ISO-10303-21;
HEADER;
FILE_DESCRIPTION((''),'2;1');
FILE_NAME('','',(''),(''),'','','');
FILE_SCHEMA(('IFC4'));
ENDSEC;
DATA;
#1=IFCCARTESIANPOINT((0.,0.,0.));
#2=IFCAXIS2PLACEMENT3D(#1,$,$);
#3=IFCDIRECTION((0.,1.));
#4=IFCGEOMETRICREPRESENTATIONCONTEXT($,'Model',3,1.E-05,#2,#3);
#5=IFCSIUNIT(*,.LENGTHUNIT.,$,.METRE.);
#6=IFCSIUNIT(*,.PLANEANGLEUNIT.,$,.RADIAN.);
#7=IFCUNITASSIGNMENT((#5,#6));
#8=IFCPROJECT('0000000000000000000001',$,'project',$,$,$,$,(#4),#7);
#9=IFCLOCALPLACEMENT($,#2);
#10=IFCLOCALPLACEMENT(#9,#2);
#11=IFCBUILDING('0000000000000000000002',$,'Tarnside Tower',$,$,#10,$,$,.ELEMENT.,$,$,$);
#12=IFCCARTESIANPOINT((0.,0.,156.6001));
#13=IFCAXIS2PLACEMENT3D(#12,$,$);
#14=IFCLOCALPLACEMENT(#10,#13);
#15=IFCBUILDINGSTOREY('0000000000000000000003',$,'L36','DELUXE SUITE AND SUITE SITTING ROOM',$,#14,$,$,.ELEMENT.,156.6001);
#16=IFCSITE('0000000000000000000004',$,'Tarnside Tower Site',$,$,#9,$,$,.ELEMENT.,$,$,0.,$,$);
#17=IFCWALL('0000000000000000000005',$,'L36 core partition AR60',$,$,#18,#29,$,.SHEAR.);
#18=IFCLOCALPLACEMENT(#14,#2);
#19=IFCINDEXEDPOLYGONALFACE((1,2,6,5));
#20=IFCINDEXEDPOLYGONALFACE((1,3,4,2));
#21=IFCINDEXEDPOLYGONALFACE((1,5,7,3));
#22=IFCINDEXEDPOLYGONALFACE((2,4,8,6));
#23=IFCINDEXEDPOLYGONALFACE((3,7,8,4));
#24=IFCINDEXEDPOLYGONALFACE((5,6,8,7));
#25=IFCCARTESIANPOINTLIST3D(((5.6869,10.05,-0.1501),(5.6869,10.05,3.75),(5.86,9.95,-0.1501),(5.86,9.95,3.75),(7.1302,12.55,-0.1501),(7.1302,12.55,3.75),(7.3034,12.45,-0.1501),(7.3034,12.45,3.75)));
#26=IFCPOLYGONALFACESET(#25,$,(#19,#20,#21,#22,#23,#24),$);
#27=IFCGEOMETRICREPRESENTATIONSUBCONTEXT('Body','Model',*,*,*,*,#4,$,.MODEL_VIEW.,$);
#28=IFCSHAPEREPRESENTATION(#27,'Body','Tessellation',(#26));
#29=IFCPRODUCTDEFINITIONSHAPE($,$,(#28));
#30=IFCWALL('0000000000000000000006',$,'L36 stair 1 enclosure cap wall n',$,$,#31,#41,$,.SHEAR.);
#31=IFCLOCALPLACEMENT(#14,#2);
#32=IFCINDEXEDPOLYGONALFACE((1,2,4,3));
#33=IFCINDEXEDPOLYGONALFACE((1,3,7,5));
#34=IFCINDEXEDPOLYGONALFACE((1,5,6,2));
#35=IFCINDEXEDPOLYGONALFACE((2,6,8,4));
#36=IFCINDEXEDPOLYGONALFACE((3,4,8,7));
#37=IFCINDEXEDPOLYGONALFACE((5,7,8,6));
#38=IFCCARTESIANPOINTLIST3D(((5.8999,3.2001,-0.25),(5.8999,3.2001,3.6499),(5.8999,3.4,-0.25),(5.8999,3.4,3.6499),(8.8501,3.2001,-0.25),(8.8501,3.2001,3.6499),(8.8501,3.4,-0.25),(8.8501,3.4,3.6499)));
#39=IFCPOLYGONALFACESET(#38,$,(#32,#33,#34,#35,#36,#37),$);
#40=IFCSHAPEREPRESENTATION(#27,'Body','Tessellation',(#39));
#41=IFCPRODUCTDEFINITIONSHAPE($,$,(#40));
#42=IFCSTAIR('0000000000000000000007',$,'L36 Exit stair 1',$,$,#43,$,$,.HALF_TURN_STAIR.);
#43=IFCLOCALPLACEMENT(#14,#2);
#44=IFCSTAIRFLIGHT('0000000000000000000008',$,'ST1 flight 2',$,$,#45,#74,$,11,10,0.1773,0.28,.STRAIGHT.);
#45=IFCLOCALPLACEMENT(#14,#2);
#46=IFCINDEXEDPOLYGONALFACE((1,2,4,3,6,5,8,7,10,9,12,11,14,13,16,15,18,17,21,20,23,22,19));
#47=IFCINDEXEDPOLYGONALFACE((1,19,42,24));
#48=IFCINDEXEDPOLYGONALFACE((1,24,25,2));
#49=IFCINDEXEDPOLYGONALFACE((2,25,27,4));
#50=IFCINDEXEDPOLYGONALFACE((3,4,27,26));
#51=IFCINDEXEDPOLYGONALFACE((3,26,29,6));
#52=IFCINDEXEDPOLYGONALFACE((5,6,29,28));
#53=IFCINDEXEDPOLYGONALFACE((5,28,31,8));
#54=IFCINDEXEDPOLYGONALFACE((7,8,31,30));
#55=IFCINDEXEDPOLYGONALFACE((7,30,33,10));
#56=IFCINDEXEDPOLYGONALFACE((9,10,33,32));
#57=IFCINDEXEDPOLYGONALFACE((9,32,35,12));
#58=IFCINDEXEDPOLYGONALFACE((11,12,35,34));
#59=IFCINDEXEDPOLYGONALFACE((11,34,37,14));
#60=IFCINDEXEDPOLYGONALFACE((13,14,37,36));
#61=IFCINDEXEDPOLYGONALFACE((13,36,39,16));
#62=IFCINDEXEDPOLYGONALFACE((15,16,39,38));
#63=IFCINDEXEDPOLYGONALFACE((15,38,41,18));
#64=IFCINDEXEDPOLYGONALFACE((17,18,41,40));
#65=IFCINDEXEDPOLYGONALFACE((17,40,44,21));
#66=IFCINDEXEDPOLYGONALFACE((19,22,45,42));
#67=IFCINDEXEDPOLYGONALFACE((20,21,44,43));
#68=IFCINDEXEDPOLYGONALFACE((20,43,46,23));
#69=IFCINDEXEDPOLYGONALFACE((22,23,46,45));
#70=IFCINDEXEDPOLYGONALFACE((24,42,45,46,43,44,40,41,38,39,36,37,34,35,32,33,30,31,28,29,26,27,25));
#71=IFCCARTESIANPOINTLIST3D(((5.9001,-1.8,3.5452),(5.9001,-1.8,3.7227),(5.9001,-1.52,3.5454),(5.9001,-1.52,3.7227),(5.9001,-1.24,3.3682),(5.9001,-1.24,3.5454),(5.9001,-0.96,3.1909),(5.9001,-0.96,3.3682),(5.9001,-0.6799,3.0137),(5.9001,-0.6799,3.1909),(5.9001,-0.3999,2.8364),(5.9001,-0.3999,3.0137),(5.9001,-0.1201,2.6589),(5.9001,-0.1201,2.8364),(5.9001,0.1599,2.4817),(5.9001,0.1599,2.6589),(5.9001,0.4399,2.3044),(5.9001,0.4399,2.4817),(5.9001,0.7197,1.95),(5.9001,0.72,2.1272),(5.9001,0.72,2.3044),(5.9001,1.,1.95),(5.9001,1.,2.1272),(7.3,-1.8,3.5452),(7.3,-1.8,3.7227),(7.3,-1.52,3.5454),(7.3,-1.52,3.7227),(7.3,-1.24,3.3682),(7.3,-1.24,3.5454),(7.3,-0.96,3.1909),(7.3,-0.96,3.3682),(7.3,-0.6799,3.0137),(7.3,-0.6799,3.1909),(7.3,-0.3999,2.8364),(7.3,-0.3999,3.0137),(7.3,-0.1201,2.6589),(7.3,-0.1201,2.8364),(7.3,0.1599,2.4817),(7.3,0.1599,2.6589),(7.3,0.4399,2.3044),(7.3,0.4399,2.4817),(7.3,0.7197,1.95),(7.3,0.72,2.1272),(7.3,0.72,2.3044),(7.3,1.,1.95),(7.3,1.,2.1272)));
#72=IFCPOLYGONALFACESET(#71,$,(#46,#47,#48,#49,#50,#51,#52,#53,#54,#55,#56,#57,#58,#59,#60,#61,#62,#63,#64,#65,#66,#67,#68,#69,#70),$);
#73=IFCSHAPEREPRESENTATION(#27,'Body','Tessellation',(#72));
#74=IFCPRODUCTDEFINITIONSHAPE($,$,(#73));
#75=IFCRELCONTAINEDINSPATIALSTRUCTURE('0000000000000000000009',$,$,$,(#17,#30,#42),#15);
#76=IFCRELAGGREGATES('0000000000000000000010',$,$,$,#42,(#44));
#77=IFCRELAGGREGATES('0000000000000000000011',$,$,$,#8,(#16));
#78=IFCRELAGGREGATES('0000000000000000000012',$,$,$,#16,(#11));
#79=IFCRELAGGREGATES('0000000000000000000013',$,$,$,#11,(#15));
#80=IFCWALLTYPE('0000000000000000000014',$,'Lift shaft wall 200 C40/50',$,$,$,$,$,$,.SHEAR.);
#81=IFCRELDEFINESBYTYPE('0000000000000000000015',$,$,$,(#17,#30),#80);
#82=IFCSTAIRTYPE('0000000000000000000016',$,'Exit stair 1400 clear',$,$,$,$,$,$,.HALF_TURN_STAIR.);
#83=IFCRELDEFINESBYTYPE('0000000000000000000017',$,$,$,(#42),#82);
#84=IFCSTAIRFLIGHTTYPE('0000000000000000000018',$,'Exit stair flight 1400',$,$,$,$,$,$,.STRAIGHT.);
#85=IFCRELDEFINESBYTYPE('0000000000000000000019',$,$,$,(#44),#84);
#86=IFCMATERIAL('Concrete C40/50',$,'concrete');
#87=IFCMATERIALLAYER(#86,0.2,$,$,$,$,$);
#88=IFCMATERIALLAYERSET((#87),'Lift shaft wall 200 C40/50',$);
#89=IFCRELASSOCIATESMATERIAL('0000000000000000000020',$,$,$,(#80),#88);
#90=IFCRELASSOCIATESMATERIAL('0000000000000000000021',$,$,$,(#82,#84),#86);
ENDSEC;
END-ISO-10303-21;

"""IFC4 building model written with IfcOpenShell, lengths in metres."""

from ifc_helpers import new_model, si_unit, direction, frame, frame_2d, origin, place, context, subcontext, project, spatial, polyline, rectangle, outline, extrude, material, layer, layer_set, type_object, element, aggregate, save


model = new_model("IFC4")

# Units and contexts
model_context = context("Model", 3, precision=1e-05, world=origin(), true_north=direction((0.0, 1.0)))
body_context = subcontext(model_context, "Body", "Model", "MODEL_VIEW")
ifc_project = project(units=[si_unit("LENGTHUNIT", "METRE"), si_unit("PLANEANGLEUNIT", "RADIAN")], contexts=[model_context])

# Site, building, storey
site_placement = place(None, origin())
site = spatial("IfcSite", under=ifc_project, at=site_placement, Name="Tarnside Tower Site", CompositionType="ELEMENT", RefElevation=0.0)
building_placement = place(site_placement, origin())
building = spatial("IfcBuilding", under=site, at=building_placement, Name="Tarnside Tower", CompositionType="ELEMENT")
storey_placement = place(building_placement, frame((0.0, 0.0, 156.6001)))
storey = spatial("IfcBuildingStorey", under=building, at=storey_placement, Name="L36", Description="DELUXE SUITE AND SUITE SITTING ROOM", CompositionType="ELEMENT", Elevation=156.6001)

# Walls
ifc_material_1 = material(Name="Concrete C40/50", Category="concrete")
ifc_layer_1 = layer(ifc_material_1, 0.2)
ifc_layer_set_1 = layer_set([ifc_layer_1], Name="Lift shaft wall 200 C40/50")
wall_type_1 = type_object("IfcWallType", Name="Lift shaft wall 200 C40/50", PredefinedType="SHEAR", material=ifc_layer_set_1)
wall_1_placement = place(storey_placement, frame((5.7734, 10.0, -0.1501), z_axis=(0.0, 0.0, 1.0), x_axis=(0.499996, 0.866028, 0.0)))
element("IfcWall", 1, at=wall_1_placement, inside=storey, type_object=wall_type_1, Name="L36 core partition AR60", PredefinedType="SHEAR", context=body_context, shape_type="SweptSolid", body=[
    extrude(rectangle(XDim=2.8867, YDim=0.2, at=frame_2d((1.4434, 0.0))), origin(), (0.0, 0.0, 1.0), 3.9001),
])
wall_2_placement = place(storey_placement, frame((5.8999, 3.3, -0.25), z_axis=(0.0, 0.0, 1.0), x_axis=(1.0, 0.0, 0.0)))
element("IfcWall", 2, at=wall_2_placement, inside=storey, type_object=wall_type_1, Name="L36 stair 1 enclosure cap wall n", PredefinedType="SHEAR", context=body_context, shape_type="SweptSolid", body=[
    extrude(rectangle(XDim=2.9502, YDim=0.2, at=frame_2d((1.4751, 0.0))), origin(), (0.0, 0.0, 1.0), 3.8999),
])

# Stair, stair flight
stair_type = type_object("IfcStairType", Name="Exit stair 1400 clear", PredefinedType="HALF_TURN_STAIR", material=ifc_material_1)
stair_placement = place(storey_placement, origin())
stair = element("IfcStair", 3, at=stair_placement, inside=storey, type_object=stair_type, Name="L36 Exit stair 1", PredefinedType="HALF_TURN_STAIR")
stair_flight_type = type_object("IfcStairFlightType", Name="Exit stair flight 1400", PredefinedType="STRAIGHT", material=ifc_material_1)
stair_flight_placement = place(storey_placement, frame((6.6001, 1.0, 1.95), z_axis=(0.0, 0.0, 1.0), x_axis=(0.0, -1.0, 0.0)))
stair_flight = element("IfcStairFlight", 4, at=stair_flight_placement, type_object=stair_flight_type, Name="ST1 flight 2", NumberOfRisers=11, NumberOfTreads=10, PredefinedType="STRAIGHT", RiserHeight=0.1773, TreadLength=0.28, context=body_context, shape_type="SweptSolid", body=[
    extrude(outline(polyline([(0.0, 0.0), (0.0, 0.1772), (0.28, 0.1772), (0.28, 0.3545), (0.5601, 0.3545), (0.5601, 0.5317), (0.8401, 0.5317), (0.8401, 0.709), (1.1201, 0.709), (1.1201, 0.8865), (1.3999, 0.8865), (1.3999, 1.0637), (1.6799, 1.0637), (1.6799, 1.241), (1.96, 1.241), (1.96, 1.4182), (2.24, 1.4182), (2.24, 1.5955), (2.52, 1.5955), (2.52, 1.7727), (2.8, 1.7727), (2.8, 1.95), (2.8, 1.5952), (0.2803, 0.0), (0.0, 0.0)])), frame((0.0, 0.7, 0.0), z_axis=(0.0, -1.0, 0.0), x_axis=(1.0, 0.0, 0.0)), (0.0, 0.0, 1.0), 1.3999),
])
aggregate(stair, [stair_flight])

save(model, "model.ifc")
